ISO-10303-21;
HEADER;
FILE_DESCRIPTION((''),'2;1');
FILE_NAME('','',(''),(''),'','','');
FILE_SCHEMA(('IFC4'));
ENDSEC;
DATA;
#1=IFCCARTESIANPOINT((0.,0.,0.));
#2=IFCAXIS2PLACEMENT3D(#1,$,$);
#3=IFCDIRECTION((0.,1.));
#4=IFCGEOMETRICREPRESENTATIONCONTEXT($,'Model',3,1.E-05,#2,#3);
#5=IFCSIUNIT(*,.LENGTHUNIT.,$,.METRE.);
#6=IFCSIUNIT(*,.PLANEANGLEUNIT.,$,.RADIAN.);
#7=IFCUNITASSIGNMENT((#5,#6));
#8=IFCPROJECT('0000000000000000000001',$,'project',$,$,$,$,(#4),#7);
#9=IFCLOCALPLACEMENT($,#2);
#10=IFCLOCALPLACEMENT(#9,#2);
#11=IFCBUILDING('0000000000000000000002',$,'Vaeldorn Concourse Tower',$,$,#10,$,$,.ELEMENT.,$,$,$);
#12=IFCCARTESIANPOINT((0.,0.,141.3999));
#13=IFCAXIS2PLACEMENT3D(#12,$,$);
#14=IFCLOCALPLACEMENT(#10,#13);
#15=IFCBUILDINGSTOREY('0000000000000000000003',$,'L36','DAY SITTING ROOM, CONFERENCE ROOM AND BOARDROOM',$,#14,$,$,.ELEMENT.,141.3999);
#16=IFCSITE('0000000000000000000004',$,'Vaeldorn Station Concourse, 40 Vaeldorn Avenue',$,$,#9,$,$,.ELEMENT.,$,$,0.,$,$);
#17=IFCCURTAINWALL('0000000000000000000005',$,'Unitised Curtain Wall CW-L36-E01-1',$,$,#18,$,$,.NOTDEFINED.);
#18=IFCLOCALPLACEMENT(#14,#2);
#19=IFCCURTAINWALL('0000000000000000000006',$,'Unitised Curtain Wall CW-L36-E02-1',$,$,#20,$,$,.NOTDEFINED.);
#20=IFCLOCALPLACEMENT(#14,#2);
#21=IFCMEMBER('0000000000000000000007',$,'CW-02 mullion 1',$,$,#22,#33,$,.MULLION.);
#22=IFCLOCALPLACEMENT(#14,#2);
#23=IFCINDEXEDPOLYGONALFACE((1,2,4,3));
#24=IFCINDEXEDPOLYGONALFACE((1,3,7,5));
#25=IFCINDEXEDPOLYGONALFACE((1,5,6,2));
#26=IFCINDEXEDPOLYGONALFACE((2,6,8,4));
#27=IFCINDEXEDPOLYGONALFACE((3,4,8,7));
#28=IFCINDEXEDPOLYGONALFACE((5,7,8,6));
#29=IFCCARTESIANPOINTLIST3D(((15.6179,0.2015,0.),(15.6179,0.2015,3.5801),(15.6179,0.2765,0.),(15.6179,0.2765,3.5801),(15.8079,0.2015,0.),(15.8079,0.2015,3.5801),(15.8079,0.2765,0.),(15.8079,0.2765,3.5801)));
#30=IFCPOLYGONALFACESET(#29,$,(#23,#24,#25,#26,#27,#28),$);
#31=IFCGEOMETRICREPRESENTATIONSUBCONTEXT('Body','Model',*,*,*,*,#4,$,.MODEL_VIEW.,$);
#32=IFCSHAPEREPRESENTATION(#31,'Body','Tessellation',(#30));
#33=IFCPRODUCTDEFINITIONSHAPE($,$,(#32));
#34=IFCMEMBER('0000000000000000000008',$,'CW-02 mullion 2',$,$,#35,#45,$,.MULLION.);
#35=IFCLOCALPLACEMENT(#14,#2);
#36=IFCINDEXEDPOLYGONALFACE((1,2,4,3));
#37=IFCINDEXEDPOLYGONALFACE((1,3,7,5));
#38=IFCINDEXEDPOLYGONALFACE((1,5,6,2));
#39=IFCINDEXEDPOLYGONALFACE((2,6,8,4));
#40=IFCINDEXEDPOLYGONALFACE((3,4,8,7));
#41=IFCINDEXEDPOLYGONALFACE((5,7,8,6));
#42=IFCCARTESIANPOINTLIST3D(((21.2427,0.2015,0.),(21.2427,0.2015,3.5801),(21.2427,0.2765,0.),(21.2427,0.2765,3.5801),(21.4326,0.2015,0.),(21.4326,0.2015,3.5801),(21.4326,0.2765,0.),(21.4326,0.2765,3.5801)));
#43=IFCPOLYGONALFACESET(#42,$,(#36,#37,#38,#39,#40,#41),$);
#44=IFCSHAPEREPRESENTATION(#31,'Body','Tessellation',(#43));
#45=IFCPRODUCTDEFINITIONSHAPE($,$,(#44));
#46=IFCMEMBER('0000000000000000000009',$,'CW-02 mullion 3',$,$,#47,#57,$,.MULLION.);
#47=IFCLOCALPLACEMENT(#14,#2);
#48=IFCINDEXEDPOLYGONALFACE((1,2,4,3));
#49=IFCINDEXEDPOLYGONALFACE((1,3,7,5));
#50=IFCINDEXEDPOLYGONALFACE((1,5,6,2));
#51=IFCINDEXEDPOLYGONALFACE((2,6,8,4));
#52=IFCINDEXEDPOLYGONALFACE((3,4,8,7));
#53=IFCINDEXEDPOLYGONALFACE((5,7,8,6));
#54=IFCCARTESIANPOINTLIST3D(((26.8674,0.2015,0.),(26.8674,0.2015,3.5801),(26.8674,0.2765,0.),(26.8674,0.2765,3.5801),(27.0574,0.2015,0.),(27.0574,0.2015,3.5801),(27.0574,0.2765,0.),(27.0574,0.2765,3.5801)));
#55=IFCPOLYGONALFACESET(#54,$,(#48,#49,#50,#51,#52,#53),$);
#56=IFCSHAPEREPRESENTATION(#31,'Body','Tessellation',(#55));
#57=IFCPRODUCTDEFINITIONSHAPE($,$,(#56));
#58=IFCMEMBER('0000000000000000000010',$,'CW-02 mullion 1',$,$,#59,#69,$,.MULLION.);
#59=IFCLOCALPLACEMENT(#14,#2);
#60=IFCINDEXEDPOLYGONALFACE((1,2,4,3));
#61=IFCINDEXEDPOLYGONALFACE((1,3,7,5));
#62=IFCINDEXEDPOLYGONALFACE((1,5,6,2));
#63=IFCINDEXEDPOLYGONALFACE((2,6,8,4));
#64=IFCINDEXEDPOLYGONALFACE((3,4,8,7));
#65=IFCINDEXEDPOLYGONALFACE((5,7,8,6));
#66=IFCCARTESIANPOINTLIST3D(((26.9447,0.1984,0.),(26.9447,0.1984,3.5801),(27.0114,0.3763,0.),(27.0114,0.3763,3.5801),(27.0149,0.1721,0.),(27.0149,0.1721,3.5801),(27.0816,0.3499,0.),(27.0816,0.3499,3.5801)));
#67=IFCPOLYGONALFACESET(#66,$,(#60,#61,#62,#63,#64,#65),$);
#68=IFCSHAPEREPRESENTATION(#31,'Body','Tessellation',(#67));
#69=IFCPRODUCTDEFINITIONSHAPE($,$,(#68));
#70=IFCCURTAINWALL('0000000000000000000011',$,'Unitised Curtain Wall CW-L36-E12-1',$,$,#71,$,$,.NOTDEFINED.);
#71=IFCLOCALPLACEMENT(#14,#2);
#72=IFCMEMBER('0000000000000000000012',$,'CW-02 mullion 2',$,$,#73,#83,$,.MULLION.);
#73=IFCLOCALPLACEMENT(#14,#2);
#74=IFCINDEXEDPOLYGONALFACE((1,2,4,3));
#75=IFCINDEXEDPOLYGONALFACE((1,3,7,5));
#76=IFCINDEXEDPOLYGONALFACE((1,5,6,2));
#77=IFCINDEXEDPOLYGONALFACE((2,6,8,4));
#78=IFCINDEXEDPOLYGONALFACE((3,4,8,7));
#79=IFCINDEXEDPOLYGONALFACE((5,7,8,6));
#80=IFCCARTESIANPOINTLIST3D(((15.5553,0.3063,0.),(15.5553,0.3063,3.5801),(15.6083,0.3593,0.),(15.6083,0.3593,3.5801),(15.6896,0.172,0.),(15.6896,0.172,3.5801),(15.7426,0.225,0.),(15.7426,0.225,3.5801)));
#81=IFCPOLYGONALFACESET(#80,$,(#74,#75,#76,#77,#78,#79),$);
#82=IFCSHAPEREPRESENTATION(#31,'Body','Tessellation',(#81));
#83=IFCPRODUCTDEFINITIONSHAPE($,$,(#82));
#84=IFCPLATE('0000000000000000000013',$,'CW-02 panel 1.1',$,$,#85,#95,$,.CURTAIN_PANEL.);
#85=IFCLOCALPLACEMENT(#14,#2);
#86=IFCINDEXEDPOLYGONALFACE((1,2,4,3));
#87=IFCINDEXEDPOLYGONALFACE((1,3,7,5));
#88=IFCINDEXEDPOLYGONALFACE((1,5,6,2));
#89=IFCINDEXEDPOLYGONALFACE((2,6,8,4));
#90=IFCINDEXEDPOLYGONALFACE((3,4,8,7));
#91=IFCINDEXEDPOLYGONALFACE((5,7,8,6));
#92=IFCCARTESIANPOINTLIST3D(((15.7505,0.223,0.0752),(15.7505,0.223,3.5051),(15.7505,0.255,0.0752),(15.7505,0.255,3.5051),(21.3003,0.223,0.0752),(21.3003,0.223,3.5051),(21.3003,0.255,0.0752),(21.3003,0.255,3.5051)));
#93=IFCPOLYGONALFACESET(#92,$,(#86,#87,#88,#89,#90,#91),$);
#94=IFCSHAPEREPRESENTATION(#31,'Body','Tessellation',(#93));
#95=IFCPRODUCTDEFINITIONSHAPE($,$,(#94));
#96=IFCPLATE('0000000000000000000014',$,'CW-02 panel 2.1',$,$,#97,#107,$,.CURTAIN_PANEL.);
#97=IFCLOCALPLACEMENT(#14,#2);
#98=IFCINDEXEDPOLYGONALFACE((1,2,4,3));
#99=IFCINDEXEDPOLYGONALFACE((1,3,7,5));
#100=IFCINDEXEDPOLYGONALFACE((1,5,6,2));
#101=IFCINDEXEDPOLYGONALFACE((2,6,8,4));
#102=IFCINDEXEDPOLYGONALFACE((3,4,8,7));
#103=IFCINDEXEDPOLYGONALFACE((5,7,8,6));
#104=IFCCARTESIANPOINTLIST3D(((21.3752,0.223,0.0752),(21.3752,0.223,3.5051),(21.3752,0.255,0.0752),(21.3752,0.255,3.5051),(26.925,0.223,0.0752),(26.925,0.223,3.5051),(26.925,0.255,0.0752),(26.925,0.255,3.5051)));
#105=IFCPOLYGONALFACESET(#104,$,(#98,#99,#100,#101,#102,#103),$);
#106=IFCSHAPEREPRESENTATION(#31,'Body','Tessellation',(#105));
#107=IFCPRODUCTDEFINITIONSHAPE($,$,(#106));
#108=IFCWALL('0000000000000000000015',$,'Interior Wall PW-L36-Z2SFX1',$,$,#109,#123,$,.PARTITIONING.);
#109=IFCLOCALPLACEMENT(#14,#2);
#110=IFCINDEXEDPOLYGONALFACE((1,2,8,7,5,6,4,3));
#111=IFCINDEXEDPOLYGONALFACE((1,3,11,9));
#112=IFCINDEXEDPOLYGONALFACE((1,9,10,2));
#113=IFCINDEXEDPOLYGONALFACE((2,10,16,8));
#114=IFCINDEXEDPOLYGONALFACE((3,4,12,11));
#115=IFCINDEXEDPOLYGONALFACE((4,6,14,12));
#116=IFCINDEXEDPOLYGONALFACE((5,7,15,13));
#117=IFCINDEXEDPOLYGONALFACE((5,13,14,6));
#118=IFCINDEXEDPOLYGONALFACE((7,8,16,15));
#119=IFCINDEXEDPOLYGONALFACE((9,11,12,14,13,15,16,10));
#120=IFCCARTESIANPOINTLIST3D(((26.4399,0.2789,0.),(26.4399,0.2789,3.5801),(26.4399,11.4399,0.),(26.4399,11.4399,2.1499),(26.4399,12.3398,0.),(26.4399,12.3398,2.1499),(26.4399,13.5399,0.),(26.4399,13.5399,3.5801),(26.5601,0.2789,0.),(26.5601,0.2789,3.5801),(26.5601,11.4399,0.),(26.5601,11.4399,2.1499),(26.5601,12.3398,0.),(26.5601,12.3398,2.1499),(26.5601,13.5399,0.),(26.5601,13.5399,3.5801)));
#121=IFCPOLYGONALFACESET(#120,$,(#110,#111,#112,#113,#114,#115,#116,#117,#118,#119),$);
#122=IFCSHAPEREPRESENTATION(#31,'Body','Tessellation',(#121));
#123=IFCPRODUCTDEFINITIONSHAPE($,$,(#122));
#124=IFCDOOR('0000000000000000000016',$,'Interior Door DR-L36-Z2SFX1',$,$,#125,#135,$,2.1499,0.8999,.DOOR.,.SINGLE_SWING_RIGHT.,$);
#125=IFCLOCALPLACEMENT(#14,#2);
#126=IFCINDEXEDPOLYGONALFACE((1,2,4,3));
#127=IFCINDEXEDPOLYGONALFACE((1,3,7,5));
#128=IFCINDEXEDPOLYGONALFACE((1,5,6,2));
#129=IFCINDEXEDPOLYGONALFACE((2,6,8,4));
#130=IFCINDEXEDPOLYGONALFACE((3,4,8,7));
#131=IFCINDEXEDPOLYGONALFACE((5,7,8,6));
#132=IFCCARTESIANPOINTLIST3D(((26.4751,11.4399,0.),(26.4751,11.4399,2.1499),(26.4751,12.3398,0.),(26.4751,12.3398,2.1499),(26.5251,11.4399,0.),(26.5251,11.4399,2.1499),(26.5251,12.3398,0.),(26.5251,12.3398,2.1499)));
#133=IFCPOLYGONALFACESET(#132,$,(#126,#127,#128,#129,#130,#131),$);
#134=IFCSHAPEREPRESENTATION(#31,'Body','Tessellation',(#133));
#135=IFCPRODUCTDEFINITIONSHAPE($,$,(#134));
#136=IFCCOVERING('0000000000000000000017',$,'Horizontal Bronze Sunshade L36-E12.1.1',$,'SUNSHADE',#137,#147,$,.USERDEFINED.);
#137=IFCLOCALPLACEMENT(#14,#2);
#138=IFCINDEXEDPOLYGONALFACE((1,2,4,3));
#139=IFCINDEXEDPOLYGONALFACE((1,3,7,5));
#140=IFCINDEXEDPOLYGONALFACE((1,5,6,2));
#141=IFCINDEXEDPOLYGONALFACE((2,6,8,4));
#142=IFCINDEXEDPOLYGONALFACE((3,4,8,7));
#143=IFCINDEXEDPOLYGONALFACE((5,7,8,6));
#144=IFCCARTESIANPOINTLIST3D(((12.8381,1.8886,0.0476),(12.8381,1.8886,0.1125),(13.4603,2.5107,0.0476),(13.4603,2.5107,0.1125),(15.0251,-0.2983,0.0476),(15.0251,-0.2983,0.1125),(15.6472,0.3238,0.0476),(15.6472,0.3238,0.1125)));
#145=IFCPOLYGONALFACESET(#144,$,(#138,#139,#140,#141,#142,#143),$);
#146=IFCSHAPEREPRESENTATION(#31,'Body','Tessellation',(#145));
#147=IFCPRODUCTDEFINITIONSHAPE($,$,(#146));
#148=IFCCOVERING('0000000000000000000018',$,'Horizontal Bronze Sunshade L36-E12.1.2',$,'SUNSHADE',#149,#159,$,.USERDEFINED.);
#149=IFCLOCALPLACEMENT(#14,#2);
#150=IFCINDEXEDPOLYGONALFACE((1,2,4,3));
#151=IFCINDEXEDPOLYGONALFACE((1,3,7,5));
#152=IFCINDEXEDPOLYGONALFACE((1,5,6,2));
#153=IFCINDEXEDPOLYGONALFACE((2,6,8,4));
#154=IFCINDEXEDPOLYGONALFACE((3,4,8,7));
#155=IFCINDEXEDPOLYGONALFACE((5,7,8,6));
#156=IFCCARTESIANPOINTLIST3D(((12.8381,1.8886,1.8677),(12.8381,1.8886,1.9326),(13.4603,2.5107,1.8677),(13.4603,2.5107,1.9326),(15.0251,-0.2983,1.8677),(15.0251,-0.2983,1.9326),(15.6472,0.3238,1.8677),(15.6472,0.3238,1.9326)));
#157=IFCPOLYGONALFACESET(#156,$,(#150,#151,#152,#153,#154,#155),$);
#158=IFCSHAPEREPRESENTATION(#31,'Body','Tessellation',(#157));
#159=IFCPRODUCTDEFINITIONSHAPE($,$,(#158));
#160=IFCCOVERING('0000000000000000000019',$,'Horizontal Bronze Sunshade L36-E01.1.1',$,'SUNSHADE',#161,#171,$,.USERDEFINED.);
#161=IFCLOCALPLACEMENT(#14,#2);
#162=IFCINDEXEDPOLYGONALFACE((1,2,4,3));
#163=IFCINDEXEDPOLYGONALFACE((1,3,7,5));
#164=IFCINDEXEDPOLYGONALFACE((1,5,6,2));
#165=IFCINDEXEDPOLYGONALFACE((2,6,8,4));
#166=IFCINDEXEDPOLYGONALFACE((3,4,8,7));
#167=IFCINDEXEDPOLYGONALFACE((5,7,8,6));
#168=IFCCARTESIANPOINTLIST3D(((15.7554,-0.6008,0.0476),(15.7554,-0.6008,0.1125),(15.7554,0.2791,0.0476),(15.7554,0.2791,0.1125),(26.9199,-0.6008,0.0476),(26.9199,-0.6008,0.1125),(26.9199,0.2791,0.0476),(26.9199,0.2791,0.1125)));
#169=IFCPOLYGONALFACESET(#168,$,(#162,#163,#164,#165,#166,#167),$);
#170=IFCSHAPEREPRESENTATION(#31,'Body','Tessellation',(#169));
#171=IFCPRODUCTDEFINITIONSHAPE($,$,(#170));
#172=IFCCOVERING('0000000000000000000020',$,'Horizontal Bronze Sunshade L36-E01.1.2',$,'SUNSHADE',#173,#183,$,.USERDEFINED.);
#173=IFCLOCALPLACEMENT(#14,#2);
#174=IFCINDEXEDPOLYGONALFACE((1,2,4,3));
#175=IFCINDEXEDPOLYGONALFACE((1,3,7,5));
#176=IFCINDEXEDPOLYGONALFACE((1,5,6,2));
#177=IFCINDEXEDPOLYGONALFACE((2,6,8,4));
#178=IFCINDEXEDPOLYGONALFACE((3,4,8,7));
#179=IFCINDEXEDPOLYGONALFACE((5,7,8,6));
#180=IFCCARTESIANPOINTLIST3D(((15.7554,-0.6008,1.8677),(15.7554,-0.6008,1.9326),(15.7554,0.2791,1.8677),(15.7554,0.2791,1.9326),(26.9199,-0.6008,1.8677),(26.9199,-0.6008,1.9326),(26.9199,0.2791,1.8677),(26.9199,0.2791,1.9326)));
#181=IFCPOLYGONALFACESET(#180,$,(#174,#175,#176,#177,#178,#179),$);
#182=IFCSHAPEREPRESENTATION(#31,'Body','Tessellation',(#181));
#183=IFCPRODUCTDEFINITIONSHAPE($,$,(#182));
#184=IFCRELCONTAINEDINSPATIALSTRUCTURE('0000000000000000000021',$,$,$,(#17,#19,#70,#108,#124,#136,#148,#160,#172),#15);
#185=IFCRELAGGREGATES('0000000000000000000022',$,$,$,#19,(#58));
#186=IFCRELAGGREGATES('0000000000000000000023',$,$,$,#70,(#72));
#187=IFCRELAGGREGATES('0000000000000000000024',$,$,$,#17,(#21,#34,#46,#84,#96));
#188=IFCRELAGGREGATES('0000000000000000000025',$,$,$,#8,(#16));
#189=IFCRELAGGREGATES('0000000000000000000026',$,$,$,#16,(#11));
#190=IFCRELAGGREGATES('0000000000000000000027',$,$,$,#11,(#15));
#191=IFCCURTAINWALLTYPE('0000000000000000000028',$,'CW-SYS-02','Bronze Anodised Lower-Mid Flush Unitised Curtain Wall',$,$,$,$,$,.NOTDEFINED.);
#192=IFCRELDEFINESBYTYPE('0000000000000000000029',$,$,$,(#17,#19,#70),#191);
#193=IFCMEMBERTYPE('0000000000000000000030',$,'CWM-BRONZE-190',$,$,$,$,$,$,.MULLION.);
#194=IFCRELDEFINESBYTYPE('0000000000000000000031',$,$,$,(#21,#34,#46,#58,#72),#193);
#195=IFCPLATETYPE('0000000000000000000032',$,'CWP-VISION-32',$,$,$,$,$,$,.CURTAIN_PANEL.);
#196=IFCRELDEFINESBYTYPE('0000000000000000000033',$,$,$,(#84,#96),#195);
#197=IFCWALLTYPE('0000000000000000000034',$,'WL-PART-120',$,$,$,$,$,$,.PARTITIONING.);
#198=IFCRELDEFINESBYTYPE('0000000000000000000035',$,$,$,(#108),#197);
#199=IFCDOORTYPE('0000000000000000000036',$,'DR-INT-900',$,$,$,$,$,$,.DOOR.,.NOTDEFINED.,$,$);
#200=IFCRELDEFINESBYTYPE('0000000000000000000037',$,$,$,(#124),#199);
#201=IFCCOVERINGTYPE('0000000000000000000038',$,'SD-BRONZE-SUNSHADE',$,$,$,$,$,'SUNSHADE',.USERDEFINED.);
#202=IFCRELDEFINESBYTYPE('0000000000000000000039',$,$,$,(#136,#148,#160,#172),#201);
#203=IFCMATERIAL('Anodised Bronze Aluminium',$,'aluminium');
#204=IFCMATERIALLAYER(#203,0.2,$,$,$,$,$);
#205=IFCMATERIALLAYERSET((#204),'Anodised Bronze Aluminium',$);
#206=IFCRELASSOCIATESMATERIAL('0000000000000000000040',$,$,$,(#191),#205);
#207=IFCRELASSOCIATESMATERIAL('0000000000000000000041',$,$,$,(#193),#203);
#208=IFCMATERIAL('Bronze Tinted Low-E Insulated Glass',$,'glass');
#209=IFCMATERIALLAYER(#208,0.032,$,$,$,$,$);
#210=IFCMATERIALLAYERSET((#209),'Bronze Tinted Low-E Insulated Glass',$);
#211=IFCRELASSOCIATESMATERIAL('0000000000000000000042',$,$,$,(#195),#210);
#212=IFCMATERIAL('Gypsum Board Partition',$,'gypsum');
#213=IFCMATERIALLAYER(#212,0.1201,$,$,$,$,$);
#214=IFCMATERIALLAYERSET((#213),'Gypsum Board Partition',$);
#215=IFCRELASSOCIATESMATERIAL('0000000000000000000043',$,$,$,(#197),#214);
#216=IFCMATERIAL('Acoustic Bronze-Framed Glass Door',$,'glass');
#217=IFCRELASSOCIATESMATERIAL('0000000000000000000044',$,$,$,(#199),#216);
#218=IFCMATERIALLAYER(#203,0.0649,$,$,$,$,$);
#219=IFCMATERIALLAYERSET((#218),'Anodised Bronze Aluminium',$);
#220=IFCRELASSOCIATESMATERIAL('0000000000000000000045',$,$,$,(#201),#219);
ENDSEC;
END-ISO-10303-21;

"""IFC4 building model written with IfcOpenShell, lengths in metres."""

from ifc_helpers import new_model, si_unit, direction, frame, frame_2d, origin, origin_2d, place, context, subcontext, project, spatial, rectangle, extrude, source, transform, mapped, material, layer, layer_set, material_profile, profile_set, type_object, element, fill, aggregate, save


model = new_model("IFC4")

# Units and contexts
model_context = context("Model", 3, precision=1e-05, world=origin(), true_north=direction((0.0, 1.0)))
body_context = subcontext(model_context, "Body", "Model", "MODEL_VIEW")
ifc_project = project(units=[si_unit("LENGTHUNIT", "METRE"), si_unit("PLANEANGLEUNIT", "RADIAN")], contexts=[model_context])

# Site, building, storey
site_placement = place(None, origin())
site = spatial("IfcSite", under=ifc_project, at=site_placement, Name="Vaeldorn Station Concourse, 40 Vaeldorn Avenue", CompositionType="ELEMENT", RefElevation=0.0)
building_placement = place(site_placement, origin())
building = spatial("IfcBuilding", under=site, at=building_placement, Name="Vaeldorn Concourse Tower", CompositionType="ELEMENT")
storey_placement = place(building_placement, frame((0.0, 0.0, 141.3999)))
storey = spatial("IfcBuildingStorey", under=building, at=storey_placement, Name="L36", Description="DAY SITTING ROOM, CONFERENCE ROOM AND BOARDROOM", CompositionType="ELEMENT", Elevation=141.3999)

# Curtain walls
ifc_material_1 = material(Name="Anodised Bronze Aluminium", Category="aluminium")
ifc_layer_1 = layer(ifc_material_1, 0.2)
ifc_layer_set_1 = layer_set([ifc_layer_1], Name="Anodised Bronze Aluminium")
curtain_wall_type = type_object("IfcCurtainWallType", Name="CW-SYS-02", Description="Bronze Anodised Lower-Mid Flush Unitised Curtain Wall", PredefinedType="NOTDEFINED", material=ifc_layer_set_1)
curtain_wall_1_placement = place(storey_placement, origin())
curtain_wall_1 = element("IfcCurtainWall", 1, at=curtain_wall_1_placement, inside=storey, type_object=curtain_wall_type, Name="Unitised Curtain Wall CW-L36-E01-1", PredefinedType="NOTDEFINED")
curtain_wall_2_placement = place(storey_placement, origin())
curtain_wall_2 = element("IfcCurtainWall", 2, at=curtain_wall_2_placement, inside=storey, type_object=curtain_wall_type, Name="Unitised Curtain Wall CW-L36-E02-1", PredefinedType="NOTDEFINED")

# Members
ifc_material_profile_1 = material_profile(ifc_material_1, rectangle(XDim=0.075, YDim=0.1899, at=origin_2d()), Name="CWM 75x190")
ifc_profile_set_1 = profile_set([ifc_material_profile_1], Name="Anodised Bronze Aluminium")
member_type_1 = type_object("IfcMemberType", Name="CWM-BRONZE-190", PredefinedType="MULLION", material=ifc_profile_set_1)
shared_shape_1 = source(origin(), body_context, "Body", "SweptSolid", [
    extrude(rectangle(XDim=0.075, YDim=0.1899, at=origin_2d()), origin(), (0.0, 0.0, 1.0), 3.5801),
])
member_1_placement = place(storey_placement, frame((15.7129, 0.239, 0.0), z_axis=(0.0, 0.0, 1.0), x_axis=(0.0, 1.0, 0.0)))
member_1 = element("IfcMember", 3, at=member_1_placement, type_object=member_type_1, Name="CW-02 mullion 1", PredefinedType="MULLION", context=body_context, shape_type="MappedRepresentation", body=[
    mapped(shared_shape_1, transform((0.0, 0.0, 0.0), scale=1.0)),
])
member_2_placement = place(storey_placement, frame((21.3376, 0.239, 0.0), z_axis=(0.0, 0.0, 1.0), x_axis=(0.0, 1.0, 0.0)))
member_2 = element("IfcMember", 4, at=member_2_placement, type_object=member_type_1, Name="CW-02 mullion 2", PredefinedType="MULLION", context=body_context, shape_type="MappedRepresentation", body=[
    mapped(shared_shape_1, transform((0.0, 0.0, 0.0), scale=1.0)),
])
member_3_placement = place(storey_placement, frame((26.9624, 0.239, 0.0), z_axis=(0.0, 0.0, 1.0), x_axis=(0.0, 1.0, 0.0)))
member_3 = element("IfcMember", 5, at=member_3_placement, type_object=member_type_1, Name="CW-02 mullion 3", PredefinedType="MULLION", context=body_context, shape_type="MappedRepresentation", body=[
    mapped(shared_shape_1, transform((0.0, 0.0, 0.0), scale=1.0)),
])
member_4_placement = place(storey_placement, frame((27.0132, 0.2742, 0.0), z_axis=(0.0, 0.0, 1.0), x_axis=(-0.936329, 0.351123, 0.0)))
member_4 = element("IfcMember", 6, at=member_4_placement, type_object=member_type_1, Name="CW-02 mullion 1", PredefinedType="MULLION", context=body_context, shape_type="MappedRepresentation", body=[
    mapped(shared_shape_1, transform((0.0, 0.0, 0.0), scale=1.0)),
])
aggregate(curtain_wall_2, [member_4])

# Curtain wall, member
curtain_wall_3_placement = place(storey_placement, origin())
curtain_wall_3 = element("IfcCurtainWall", 7, at=curtain_wall_3_placement, inside=storey, type_object=curtain_wall_type, Name="Unitised Curtain Wall CW-L36-E12-1", PredefinedType="NOTDEFINED")
member_5_placement = place(storey_placement, frame((15.6489, 0.2656, 0.0), z_axis=(0.0, 0.0, 1.0), x_axis=(0.707107, 0.707107, 0.0)))
member_5 = element("IfcMember", 8, at=member_5_placement, type_object=member_type_1, Name="CW-02 mullion 2", PredefinedType="MULLION", context=body_context, shape_type="MappedRepresentation", body=[
    mapped(shared_shape_1, transform((0.0, 0.0, 0.0), scale=1.0)),
])
aggregate(curtain_wall_3, [member_5])

# Plates
ifc_material_2 = material(Name="Bronze Tinted Low-E Insulated Glass", Category="glass")
ifc_layer_2 = layer(ifc_material_2, 0.032)
ifc_layer_set_2 = layer_set([ifc_layer_2], Name="Bronze Tinted Low-E Insulated Glass")
plate_type = type_object("IfcPlateType", Name="CWP-VISION-32", PredefinedType="CURTAIN_PANEL", material=ifc_layer_set_2)
shared_shape_2 = source(origin(), body_context, "Body", "SweptSolid", [
    extrude(rectangle(XDim=5.5498, YDim=0.032, at=origin_2d()), origin(), (0.0, 0.0, 1.0), 3.4299),
])
plate_1_placement = place(storey_placement, frame((18.5254, 0.239, 0.0752), z_axis=(0.0, 0.0, 1.0), x_axis=(1.0, 0.0, 0.0)))
plate_1 = element("IfcPlate", 9, at=plate_1_placement, type_object=plate_type, Name="CW-02 panel 1.1", PredefinedType="CURTAIN_PANEL", context=body_context, shape_type="MappedRepresentation", body=[
    mapped(shared_shape_2, transform((0.0, 0.0, 0.0), scale=1.0)),
])
plate_2_placement = place(storey_placement, frame((24.1501, 0.239, 0.0752), z_axis=(0.0, 0.0, 1.0), x_axis=(1.0, 0.0, 0.0)))
plate_2 = element("IfcPlate", 10, at=plate_2_placement, type_object=plate_type, Name="CW-02 panel 2.1", PredefinedType="CURTAIN_PANEL", context=body_context, shape_type="MappedRepresentation", body=[
    mapped(shared_shape_2, transform((0.0, 0.0, 0.0), scale=1.0)),
])
aggregate(curtain_wall_1, [member_1, member_2, member_3, plate_1, plate_2])

# Wall, opening, door
ifc_material_3 = material(Name="Gypsum Board Partition", Category="gypsum")
ifc_layer_3 = layer(ifc_material_3, 0.1201)
ifc_layer_set_3 = layer_set([ifc_layer_3], Name="Gypsum Board Partition")
wall_type = type_object("IfcWallType", Name="WL-PART-120", PredefinedType="PARTITIONING", material=ifc_layer_set_3)
wall_placement = place(storey_placement, frame((26.5, 0.2791, 0.0), z_axis=(0.0, 0.0, 1.0), x_axis=(0.0, 1.0, 0.0)))
wall = element("IfcWall", 11, at=wall_placement, inside=storey, type_object=wall_type, Name="Interior Wall PW-L36-Z2SFX1", PredefinedType="PARTITIONING", context=body_context, shape_type="SweptSolid", body=[
    extrude(rectangle(XDim=13.261, YDim=0.1201, at=frame_2d((6.6304, 0.0))), origin(), (0.0, 0.0, 1.0), 3.5801),
])
opening_placement = place(wall_placement, frame((11.1609, 0.0, 0.0)))
opening = element("IfcOpeningElement", 12, at=opening_placement, cuts=wall, PredefinedType="OPENING", context=body_context, shape_type="SweptSolid", body=[
    extrude(rectangle(XDim=0.8999, YDim=2.1499, at=frame_2d((0.45, 1.075))), frame((0.0, 0.0701, 0.0), z_axis=(0.0, -1.0, 0.0), x_axis=(1.0, 0.0, 0.0)), (0.0, 0.0, 1.0), 0.1401),
])
ifc_material_4 = material(Name="Acoustic Bronze-Framed Glass Door", Category="glass")
door_type = type_object("IfcDoorType", Name="DR-INT-900", OperationType="NOTDEFINED", PredefinedType="DOOR", material=ifc_material_4)
shared_shape_3 = source(origin(), body_context, "Body", "SweptSolid", [
    extrude(rectangle(XDim=0.8999, YDim=2.1499, at=frame_2d((0.45, 1.075))), frame((0.0, 0.0249, 0.0), z_axis=(0.0, -1.0, 0.0), x_axis=(1.0, 0.0, 0.0)), (0.0, 0.0, 1.0), 0.05),
])
door_placement = place(opening_placement, origin())
door = element("IfcDoor", 13, at=door_placement, inside=storey, type_object=door_type, Name="Interior Door DR-L36-Z2SFX1", OperationType="SINGLE_SWING_RIGHT", OverallHeight=2.1499, OverallWidth=0.8999, PredefinedType="DOOR", context=body_context, shape_type="MappedRepresentation", body=[
    mapped(shared_shape_3, transform((0.0, 0.0, 0.0), scale=1.0)),
])
fill(opening, door)

# Coverings
ifc_layer_4 = layer(ifc_material_1, 0.0649)
ifc_layer_set_4 = layer_set([ifc_layer_4], Name="Anodised Bronze Aluminium")
covering_type = type_object("IfcCoveringType", Name="SD-BRONZE-SUNSHADE", ElementType="SUNSHADE", PredefinedType="USERDEFINED", material=ifc_layer_set_4)
shared_shape_4 = source(origin(), body_context, "Body", "SweptSolid", [
    extrude(rectangle(XDim=3.0928, YDim=0.8799, at=origin_2d()), origin(), (0.0, 0.0, 1.0), 0.0649),
])
for number, where, z_axis, x_axis, name in (
    (14, (14.2427, 1.1062, 0.0476), (0.0, 0.0, 1.0), (0.707107, -0.707107, 0.0), "Horizontal Bronze Sunshade L36-E12.1.1"),
    (15, (14.2427, 1.1062, 1.8677), (0.0, 0.0, 1.0), (0.707107, -0.707107, 0.0), "Horizontal Bronze Sunshade L36-E12.1.2"),
):
    element("IfcCovering", number, at=place(storey_placement, frame(where, z_axis=z_axis, x_axis=x_axis)), inside=storey, type_object=covering_type, Name=name, ObjectType="SUNSHADE", PredefinedType="USERDEFINED", context=body_context, shape_type="MappedRepresentation", body=[
        mapped(shared_shape_4, transform((0.0, 0.0, 0.0), scale=1.0)),
    ])
shared_shape_5 = source(origin(), body_context, "Body", "SweptSolid", [
    extrude(rectangle(XDim=11.1646, YDim=0.8799, at=origin_2d()), origin(), (0.0, 0.0, 1.0), 0.0649),
])
for number, where, z_axis, x_axis, name in (
    (16, (21.3376, -0.1609, 0.0476), (0.0, 0.0, 1.0), (1.0, 0.0, 0.0), "Horizontal Bronze Sunshade L36-E01.1.1"),
    (17, (21.3376, -0.1609, 1.8677), (0.0, 0.0, 1.0), (1.0, 0.0, 0.0), "Horizontal Bronze Sunshade L36-E01.1.2"),
):
    element("IfcCovering", number, at=place(storey_placement, frame(where, z_axis=z_axis, x_axis=x_axis)), inside=storey, type_object=covering_type, Name=name, ObjectType="SUNSHADE", PredefinedType="USERDEFINED", context=body_context, shape_type="MappedRepresentation", body=[
        mapped(shared_shape_5, transform((0.0, 0.0, 0.0), scale=1.0)),
    ])

save(model, "model.ifc")
